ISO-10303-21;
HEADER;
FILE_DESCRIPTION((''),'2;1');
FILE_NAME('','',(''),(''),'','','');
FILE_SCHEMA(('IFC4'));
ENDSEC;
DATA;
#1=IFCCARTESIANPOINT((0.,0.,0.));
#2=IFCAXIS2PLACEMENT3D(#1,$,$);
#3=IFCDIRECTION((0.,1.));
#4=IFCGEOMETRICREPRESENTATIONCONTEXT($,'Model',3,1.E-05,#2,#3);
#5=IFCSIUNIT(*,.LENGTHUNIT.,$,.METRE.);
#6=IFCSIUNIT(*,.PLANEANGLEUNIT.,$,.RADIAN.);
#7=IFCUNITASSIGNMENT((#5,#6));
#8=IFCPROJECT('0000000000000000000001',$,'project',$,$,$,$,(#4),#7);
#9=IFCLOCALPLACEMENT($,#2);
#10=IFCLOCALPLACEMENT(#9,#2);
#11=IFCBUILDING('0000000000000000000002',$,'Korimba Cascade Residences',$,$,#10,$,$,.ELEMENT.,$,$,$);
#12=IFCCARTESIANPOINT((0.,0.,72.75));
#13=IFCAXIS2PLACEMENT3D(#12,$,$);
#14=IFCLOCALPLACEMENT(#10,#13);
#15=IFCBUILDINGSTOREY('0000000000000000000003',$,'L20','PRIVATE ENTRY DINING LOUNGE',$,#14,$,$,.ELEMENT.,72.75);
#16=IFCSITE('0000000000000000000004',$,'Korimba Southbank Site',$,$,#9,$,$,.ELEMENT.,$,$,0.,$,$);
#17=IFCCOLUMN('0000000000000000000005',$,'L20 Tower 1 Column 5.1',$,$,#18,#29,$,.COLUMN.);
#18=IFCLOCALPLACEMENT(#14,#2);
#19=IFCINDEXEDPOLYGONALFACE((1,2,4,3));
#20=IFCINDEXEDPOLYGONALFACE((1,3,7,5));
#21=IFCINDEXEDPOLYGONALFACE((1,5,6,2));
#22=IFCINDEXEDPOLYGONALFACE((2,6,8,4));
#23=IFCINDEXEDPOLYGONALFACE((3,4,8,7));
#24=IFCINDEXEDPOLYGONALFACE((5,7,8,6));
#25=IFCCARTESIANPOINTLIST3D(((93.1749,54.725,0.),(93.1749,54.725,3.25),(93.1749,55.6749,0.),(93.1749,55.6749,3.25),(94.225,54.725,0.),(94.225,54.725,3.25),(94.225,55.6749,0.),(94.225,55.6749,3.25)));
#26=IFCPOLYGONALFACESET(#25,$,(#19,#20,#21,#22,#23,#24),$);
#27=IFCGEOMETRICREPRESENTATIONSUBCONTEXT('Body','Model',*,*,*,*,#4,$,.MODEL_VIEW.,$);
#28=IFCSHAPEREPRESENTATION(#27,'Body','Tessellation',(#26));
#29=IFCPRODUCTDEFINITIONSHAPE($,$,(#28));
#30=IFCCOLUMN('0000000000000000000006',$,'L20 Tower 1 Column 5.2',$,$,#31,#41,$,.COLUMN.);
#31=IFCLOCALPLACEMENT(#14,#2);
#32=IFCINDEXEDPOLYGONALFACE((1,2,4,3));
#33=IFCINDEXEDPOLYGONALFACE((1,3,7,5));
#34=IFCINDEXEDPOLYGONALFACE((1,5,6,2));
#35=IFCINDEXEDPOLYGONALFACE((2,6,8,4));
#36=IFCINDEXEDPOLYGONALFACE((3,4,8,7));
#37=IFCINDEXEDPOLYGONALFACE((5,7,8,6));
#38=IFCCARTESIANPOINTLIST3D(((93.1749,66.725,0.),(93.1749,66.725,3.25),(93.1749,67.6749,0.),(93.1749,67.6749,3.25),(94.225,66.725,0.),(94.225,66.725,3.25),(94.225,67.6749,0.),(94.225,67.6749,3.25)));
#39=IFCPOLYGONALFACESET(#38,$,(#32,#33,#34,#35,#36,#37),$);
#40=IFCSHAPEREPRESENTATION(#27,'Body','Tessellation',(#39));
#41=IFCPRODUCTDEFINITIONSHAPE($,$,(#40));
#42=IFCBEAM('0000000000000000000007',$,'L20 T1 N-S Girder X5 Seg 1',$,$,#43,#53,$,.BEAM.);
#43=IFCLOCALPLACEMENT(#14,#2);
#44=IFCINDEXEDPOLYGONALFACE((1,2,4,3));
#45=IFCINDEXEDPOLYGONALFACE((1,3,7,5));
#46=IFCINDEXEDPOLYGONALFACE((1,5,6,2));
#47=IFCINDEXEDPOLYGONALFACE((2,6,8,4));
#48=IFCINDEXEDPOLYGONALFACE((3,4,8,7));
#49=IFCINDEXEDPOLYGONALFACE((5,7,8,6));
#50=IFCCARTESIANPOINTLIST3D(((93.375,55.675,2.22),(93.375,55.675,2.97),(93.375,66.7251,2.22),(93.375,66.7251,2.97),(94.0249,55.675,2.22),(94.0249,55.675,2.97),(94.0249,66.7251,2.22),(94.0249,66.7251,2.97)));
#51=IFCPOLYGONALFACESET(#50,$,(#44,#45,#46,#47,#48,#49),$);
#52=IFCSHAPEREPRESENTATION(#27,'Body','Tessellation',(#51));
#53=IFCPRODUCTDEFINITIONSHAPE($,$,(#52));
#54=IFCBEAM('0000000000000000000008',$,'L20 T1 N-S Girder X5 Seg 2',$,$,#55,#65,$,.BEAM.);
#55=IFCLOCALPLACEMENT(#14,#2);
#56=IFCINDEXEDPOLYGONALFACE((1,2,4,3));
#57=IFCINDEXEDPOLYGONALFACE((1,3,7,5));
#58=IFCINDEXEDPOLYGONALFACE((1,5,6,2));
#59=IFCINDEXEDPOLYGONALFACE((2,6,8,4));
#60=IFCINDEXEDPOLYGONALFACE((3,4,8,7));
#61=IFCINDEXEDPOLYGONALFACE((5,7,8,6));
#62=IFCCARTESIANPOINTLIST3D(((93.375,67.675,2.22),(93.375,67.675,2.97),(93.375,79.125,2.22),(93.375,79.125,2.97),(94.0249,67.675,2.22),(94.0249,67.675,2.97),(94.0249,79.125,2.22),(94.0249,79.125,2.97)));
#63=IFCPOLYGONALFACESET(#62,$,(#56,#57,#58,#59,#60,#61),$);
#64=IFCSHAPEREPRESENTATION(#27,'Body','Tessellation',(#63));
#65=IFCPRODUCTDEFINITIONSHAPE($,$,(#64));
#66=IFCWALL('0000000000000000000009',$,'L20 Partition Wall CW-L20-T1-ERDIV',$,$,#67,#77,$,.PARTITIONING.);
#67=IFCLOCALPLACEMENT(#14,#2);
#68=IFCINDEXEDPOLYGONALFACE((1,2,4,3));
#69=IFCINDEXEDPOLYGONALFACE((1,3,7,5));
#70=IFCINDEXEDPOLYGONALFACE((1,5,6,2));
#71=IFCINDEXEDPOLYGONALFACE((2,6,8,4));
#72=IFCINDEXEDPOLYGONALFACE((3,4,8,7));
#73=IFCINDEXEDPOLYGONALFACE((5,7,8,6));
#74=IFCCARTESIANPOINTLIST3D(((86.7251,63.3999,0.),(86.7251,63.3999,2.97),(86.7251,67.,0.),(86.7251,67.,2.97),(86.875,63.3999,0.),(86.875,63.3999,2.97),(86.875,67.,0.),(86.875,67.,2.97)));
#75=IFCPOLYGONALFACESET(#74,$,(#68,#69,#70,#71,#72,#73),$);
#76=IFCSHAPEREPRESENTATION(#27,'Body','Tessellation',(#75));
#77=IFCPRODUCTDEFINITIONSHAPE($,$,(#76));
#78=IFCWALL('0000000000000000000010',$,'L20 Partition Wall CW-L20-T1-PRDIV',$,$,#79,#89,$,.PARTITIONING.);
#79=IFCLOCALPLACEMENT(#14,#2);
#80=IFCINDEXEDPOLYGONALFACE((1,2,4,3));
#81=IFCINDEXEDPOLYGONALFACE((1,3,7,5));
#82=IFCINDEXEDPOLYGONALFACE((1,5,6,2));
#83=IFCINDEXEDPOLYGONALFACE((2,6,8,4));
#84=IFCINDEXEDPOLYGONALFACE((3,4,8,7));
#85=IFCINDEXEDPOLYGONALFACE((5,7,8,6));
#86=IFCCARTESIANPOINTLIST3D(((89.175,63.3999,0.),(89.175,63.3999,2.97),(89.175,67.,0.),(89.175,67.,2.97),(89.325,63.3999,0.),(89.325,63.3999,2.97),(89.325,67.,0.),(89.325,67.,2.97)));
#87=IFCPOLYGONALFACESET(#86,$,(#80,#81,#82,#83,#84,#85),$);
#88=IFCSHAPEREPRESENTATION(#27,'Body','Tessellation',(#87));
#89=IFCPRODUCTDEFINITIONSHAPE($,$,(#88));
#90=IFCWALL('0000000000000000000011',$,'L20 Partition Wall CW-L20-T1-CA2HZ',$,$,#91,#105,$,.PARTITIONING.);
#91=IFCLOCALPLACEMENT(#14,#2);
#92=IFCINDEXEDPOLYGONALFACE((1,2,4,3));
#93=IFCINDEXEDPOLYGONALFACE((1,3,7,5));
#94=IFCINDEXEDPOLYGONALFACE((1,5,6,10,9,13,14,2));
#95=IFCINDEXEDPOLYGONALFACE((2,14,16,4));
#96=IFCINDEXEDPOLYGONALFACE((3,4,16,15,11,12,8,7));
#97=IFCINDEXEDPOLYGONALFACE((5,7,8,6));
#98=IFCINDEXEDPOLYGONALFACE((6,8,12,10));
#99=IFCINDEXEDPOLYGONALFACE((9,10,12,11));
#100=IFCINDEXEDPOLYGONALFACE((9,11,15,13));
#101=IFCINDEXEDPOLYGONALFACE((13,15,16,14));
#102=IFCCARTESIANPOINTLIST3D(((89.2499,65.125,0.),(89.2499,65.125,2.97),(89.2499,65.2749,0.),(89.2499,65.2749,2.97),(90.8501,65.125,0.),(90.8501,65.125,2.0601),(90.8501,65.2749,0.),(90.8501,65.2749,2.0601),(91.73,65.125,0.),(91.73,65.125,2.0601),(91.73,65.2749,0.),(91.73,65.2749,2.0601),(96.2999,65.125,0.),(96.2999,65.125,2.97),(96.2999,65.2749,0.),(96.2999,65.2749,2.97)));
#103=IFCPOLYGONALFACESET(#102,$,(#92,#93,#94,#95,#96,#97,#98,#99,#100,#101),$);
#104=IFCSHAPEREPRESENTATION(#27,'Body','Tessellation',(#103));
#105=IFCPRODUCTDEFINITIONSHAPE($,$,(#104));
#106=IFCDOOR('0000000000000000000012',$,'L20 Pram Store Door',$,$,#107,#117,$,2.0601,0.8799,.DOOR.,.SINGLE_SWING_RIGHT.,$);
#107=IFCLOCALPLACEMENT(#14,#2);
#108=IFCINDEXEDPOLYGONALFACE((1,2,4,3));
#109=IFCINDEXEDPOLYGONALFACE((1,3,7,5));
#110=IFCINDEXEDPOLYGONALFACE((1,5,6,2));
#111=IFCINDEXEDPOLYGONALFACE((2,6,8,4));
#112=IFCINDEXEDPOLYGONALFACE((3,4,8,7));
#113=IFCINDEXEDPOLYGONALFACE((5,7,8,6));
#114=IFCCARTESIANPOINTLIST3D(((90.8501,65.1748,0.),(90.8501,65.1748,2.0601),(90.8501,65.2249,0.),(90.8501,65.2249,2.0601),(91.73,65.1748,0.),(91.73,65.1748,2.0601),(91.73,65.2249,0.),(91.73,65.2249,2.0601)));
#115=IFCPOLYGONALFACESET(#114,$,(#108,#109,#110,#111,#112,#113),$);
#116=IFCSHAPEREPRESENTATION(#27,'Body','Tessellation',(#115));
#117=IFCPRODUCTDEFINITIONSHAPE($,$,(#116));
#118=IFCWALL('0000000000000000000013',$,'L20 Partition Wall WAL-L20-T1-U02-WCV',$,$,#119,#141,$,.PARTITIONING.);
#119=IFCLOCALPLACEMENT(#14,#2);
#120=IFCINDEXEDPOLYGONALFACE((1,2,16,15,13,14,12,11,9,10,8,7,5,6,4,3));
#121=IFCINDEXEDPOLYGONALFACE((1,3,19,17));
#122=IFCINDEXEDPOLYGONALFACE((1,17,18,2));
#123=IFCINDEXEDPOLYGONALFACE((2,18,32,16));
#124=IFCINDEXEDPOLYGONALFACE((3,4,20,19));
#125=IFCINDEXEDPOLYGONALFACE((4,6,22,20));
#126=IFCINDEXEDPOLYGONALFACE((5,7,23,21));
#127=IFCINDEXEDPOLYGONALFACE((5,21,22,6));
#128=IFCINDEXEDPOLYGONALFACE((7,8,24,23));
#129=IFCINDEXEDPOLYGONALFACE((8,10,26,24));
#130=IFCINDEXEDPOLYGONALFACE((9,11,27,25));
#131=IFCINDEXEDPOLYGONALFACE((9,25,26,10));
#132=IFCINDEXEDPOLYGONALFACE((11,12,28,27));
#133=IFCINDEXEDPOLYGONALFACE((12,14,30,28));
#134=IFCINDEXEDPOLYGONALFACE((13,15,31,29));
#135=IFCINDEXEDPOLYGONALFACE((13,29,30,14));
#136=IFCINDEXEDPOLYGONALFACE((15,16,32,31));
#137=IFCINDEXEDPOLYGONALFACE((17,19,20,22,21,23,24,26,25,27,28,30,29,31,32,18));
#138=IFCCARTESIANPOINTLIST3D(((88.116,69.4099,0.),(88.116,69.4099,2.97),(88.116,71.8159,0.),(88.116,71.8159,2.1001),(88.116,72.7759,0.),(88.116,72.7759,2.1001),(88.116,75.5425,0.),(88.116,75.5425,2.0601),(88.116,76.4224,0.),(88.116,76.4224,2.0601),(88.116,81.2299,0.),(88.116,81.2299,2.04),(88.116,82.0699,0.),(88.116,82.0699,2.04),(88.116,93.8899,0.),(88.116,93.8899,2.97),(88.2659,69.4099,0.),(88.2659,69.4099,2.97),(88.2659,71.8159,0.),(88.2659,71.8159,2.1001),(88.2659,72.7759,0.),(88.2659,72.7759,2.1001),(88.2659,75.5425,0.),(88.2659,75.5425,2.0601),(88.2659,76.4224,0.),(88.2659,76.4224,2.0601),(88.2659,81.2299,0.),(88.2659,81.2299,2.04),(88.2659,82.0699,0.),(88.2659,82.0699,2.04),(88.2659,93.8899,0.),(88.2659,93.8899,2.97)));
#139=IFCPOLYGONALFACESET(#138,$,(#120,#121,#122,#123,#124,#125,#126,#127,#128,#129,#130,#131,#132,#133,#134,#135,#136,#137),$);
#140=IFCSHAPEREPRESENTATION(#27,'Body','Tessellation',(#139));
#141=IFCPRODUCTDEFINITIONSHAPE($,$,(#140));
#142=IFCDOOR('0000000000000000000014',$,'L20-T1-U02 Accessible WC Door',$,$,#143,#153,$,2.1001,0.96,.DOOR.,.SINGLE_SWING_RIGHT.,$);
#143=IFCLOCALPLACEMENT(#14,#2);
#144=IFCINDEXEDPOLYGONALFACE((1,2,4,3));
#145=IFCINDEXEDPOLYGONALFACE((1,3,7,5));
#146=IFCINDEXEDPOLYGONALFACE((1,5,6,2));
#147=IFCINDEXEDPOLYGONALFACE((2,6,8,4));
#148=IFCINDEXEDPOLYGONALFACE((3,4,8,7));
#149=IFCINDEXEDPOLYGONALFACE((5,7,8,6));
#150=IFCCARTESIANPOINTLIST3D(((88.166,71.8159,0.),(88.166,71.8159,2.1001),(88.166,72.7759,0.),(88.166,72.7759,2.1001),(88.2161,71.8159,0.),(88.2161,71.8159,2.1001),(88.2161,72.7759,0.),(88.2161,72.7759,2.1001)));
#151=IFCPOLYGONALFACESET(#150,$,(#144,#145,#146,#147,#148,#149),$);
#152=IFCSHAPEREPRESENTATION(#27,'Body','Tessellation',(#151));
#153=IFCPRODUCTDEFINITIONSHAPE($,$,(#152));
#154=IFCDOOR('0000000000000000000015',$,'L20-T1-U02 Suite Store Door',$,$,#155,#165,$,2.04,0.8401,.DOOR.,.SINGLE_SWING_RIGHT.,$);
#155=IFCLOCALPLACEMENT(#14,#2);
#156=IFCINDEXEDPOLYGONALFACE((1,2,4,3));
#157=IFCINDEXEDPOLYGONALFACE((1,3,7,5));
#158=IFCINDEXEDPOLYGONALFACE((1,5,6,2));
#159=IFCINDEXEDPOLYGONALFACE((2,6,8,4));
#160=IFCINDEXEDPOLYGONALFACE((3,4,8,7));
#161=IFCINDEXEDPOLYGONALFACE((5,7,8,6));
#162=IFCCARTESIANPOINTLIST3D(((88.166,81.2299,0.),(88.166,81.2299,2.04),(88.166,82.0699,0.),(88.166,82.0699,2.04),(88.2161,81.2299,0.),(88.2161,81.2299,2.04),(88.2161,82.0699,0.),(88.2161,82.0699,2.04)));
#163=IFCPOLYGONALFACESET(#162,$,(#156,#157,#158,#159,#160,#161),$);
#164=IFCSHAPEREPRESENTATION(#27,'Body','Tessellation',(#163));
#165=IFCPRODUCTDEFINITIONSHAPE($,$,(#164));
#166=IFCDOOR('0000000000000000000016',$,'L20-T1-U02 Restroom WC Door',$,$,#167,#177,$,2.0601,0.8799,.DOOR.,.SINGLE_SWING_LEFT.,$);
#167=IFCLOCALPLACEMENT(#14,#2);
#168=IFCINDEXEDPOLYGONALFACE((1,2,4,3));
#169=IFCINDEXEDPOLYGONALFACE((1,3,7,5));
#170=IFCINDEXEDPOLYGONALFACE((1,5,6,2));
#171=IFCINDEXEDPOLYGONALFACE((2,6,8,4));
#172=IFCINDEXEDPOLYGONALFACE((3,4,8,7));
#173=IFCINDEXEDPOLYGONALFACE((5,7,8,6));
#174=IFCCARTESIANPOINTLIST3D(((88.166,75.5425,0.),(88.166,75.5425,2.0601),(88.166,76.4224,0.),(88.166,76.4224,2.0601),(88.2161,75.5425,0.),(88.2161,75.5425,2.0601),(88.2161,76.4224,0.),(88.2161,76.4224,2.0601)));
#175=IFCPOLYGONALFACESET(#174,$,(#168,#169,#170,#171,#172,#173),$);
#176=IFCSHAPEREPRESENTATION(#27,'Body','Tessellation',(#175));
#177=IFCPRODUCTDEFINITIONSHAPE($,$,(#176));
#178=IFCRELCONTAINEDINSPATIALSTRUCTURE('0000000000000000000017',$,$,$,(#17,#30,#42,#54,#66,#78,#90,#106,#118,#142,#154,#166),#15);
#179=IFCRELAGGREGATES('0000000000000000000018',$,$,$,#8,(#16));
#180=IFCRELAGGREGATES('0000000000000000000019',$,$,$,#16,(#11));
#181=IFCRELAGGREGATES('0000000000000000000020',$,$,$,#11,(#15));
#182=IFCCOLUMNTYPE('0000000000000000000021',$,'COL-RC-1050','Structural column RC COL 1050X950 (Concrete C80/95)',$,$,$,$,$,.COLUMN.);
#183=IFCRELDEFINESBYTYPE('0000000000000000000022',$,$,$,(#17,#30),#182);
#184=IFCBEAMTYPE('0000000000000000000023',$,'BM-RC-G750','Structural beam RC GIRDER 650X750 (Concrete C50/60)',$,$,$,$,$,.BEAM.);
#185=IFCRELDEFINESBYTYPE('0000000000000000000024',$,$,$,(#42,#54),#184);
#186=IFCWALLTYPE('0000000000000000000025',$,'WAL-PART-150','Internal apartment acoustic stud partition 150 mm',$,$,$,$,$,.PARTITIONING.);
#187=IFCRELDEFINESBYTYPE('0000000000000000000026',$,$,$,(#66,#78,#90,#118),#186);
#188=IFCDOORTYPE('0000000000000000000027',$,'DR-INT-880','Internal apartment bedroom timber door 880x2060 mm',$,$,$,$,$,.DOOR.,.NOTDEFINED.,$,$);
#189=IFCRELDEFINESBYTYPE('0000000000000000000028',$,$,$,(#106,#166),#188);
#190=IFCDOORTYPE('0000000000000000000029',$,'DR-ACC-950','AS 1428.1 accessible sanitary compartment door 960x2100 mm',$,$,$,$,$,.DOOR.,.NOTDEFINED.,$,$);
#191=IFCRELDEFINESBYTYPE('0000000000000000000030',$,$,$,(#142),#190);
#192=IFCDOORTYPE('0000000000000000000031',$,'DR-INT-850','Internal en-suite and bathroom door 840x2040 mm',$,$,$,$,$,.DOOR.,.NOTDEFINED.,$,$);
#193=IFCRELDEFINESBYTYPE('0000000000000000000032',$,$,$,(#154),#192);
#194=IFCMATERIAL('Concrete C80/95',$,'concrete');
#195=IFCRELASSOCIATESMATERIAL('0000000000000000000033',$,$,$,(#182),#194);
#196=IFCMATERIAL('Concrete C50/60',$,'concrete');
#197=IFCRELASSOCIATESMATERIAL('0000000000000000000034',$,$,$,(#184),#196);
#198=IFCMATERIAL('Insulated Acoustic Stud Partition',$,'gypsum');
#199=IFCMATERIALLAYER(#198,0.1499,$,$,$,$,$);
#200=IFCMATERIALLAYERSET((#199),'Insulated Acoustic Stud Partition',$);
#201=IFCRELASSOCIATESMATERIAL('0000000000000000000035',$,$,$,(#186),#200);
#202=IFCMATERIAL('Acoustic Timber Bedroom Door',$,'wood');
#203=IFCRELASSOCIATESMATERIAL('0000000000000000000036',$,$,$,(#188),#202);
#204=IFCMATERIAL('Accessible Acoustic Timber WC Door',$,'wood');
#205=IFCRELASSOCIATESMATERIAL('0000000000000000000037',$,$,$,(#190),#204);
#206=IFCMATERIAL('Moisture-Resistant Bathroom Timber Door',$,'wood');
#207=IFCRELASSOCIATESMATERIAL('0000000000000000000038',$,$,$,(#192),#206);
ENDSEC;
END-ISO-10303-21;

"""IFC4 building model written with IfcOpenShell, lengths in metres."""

from ifc_helpers import new_model, si_unit, direction, frame, frame_2d, origin, origin_2d, place, context, subcontext, project, spatial, rectangle, extrude, material, layer, layer_set, material_profile, profile_set, type_object, element, fill, save


model = new_model("IFC4")

# Units and contexts
model_context = context("Model", 3, precision=1e-05, world=origin(), true_north=direction((0.0, 1.0)))
body_context = subcontext(model_context, "Body", "Model", "MODEL_VIEW")
ifc_project = project(units=[si_unit("LENGTHUNIT", "METRE"), si_unit("PLANEANGLEUNIT", "RADIAN")], contexts=[model_context])

# Site, building, storey
site_placement = place(None, origin())
site = spatial("IfcSite", under=ifc_project, at=site_placement, Name="Korimba Southbank Site", CompositionType="ELEMENT", RefElevation=0.0)
building_placement = place(site_placement, origin())
building = spatial("IfcBuilding", under=site, at=building_placement, Name="Korimba Cascade Residences", CompositionType="ELEMENT")
storey_placement = place(building_placement, frame((0.0, 0.0, 72.75)))
storey = spatial("IfcBuildingStorey", under=building, at=storey_placement, Name="L20", Description="PRIVATE ENTRY DINING LOUNGE", CompositionType="ELEMENT", Elevation=72.75)

# Columns
ifc_material_1 = material(Name="Concrete C80/95", Category="concrete")
ifc_material_profile_1 = material_profile(ifc_material_1, rectangle(XDim=1.05, YDim=0.95, at=origin_2d()), Name="Concrete C80/95")
ifc_profile_set_1 = profile_set([ifc_material_profile_1], Name="Concrete C80/95")
column_type = type_object("IfcColumnType", Name="COL-RC-1050", Description="Structural column RC COL 1050X950 (Concrete C80/95)", PredefinedType="COLUMN", material=ifc_profile_set_1)
for number, where, z_axis, x_axis, name in (
    (1, (93.7, 55.2, 0.0), (0.0, 0.0, 1.0), (1.0, 0.0, 0.0), "L20 Tower 1 Column 5.1"),
    (2, (93.7, 67.2, 0.0), (0.0, 0.0, 1.0), (1.0, 0.0, 0.0), "L20 Tower 1 Column 5.2"),
):
    element("IfcColumn", number, at=place(storey_placement, frame(where, z_axis=z_axis, x_axis=x_axis)), inside=storey, type_object=column_type, Name=name, PredefinedType="COLUMN", context=body_context, shape_type="SweptSolid", body=[
        extrude(rectangle(XDim=1.05, YDim=0.95, at=origin_2d()), origin(), (0.0, 0.0, 1.0), 3.25),
    ])

# Beams
ifc_material_2 = material(Name="Concrete C50/60", Category="concrete")
ifc_material_profile_2 = material_profile(ifc_material_2, rectangle(XDim=0.6499, YDim=0.75, at=origin_2d()), Name="Concrete C50/60")
ifc_profile_set_2 = profile_set([ifc_material_profile_2], Name="Concrete C50/60")
beam_type = type_object("IfcBeamType", Name="BM-RC-G750", Description="Structural beam RC GIRDER 650X750 (Concrete C50/60)", PredefinedType="BEAM", material=ifc_profile_set_2)
beam_1_placement = place(storey_placement, frame((93.7, 55.675, 2.595), z_axis=(0.0, 1.0, 0.0), x_axis=(-1.0, 0.0, 0.0)))
element("IfcBeam", 3, at=beam_1_placement, inside=storey, type_object=beam_type, Name="L20 T1 N-S Girder X5 Seg 1", PredefinedType="BEAM", context=body_context, shape_type="SweptSolid", body=[
    extrude(rectangle(XDim=0.6499, YDim=0.75, at=origin_2d()), origin(), (0.0, 0.0, 1.0), 11.05),
])
beam_2_placement = place(storey_placement, frame((93.7, 67.675, 2.595), z_axis=(0.0, 1.0, 0.0), x_axis=(-1.0, 0.0, 0.0)))
element("IfcBeam", 4, at=beam_2_placement, inside=storey, type_object=beam_type, Name="L20 T1 N-S Girder X5 Seg 2", PredefinedType="BEAM", context=body_context, shape_type="SweptSolid", body=[
    extrude(rectangle(XDim=0.6499, YDim=0.75, at=origin_2d()), origin(), (0.0, 0.0, 1.0), 11.45),
])

# Walls
ifc_material_3 = material(Name="Insulated Acoustic Stud Partition", Category="gypsum")
ifc_layer_1 = layer(ifc_material_3, 0.1499)
ifc_layer_set_1 = layer_set([ifc_layer_1], Name="Insulated Acoustic Stud Partition")
wall_type_1 = type_object("IfcWallType", Name="WAL-PART-150", Description="Internal apartment acoustic stud partition 150 mm", PredefinedType="PARTITIONING", material=ifc_layer_set_1)
for number, where, z_axis, x_axis, name in (
    (5, (86.8, 63.3999, 0.0), (0.0, 0.0, 1.0), (0.0, 1.0, 0.0), "L20 Partition Wall CW-L20-T1-ERDIV"),
    (6, (89.25, 63.3999, 0.0), (0.0, 0.0, 1.0), (0.0, 1.0, 0.0), "L20 Partition Wall CW-L20-T1-PRDIV"),
):
    element("IfcWall", number, at=place(storey_placement, frame(where, z_axis=z_axis, x_axis=x_axis)), inside=storey, type_object=wall_type_1, Name=name, PredefinedType="PARTITIONING", context=body_context, shape_type="SweptSolid", body=[
        extrude(rectangle(XDim=3.6001, YDim=0.1499, at=frame_2d((1.8, 0.0))), origin(), (0.0, 0.0, 1.0), 2.97),
    ])

# Wall, opening, door
wall_1_placement = place(storey_placement, frame((89.25, 65.2, 0.0), z_axis=(0.0, 0.0, 1.0), x_axis=(1.0, 0.0, 0.0)))
wall_1 = element("IfcWall", 7, at=wall_1_placement, inside=storey, type_object=wall_type_1, Name="L20 Partition Wall CW-L20-T1-CA2HZ", PredefinedType="PARTITIONING", context=body_context, shape_type="SweptSolid", body=[
    extrude(rectangle(XDim=7.05, YDim=0.1499, at=frame_2d((3.5249, 0.0))), origin(), (0.0, 0.0, 1.0), 2.97),
])
opening_1_placement = place(wall_1_placement, frame((1.6001, 0.0, 0.0)))
opening_1 = element("IfcOpeningElement", 8, at=opening_1_placement, cuts=wall_1, PredefinedType="OPENING", context=body_context, shape_type="SweptSolid", body=[
    extrude(rectangle(XDim=0.8799, YDim=2.0601, at=frame_2d((0.4399, 1.03))), frame((0.0, 0.085, 0.0), z_axis=(0.0, -1.0, 0.0), x_axis=(1.0, 0.0, 0.0)), (0.0, 0.0, 1.0), 0.1699),
])
ifc_material_4 = material(Name="Acoustic Timber Bedroom Door", Category="wood")
door_type_1 = type_object("IfcDoorType", Name="DR-INT-880", Description="Internal apartment bedroom timber door 880x2060 mm", OperationType="NOTDEFINED", PredefinedType="DOOR", material=ifc_material_4)
door_1_placement = place(opening_1_placement, origin())
door_1 = element("IfcDoor", 9, at=door_1_placement, inside=storey, type_object=door_type_1, Name="L20 Pram Store Door", OperationType="SINGLE_SWING_RIGHT", OverallHeight=2.0601, OverallWidth=0.8799, PredefinedType="DOOR", context=body_context, shape_type="SweptSolid", body=[
    extrude(rectangle(XDim=0.8799, YDim=2.0601, at=frame_2d((0.4399, 1.03))), frame((0.0, 0.0249, 0.0), z_axis=(0.0, -1.0, 0.0), x_axis=(1.0, 0.0, 0.0)), (0.0, 0.0, 1.0), 0.05),
])
fill(opening_1, door_1)

# Wall, openings, doors
wall_2_placement = place(storey_placement, frame((88.1909, 69.4099, 0.0), z_axis=(0.0, 0.0, 1.0), x_axis=(0.0, 1.0, 0.0)))
wall_2 = element("IfcWall", 10, at=wall_2_placement, inside=storey, type_object=wall_type_1, Name="L20 Partition Wall WAL-L20-T1-U02-WCV", PredefinedType="PARTITIONING", context=body_context, shape_type="SweptSolid", body=[
    extrude(rectangle(XDim=24.48, YDim=0.1499, at=frame_2d((12.24, 0.0))), origin(), (0.0, 0.0, 1.0), 2.97),
])
opening_2_placement = place(wall_2_placement, frame((2.406, 0.0, 0.0)))
opening_2 = element("IfcOpeningElement", 11, at=opening_2_placement, cuts=wall_2, PredefinedType="OPENING", context=body_context, shape_type="SweptSolid", body=[
    extrude(rectangle(XDim=0.96, YDim=2.1001, at=frame_2d((0.48, 1.05))), frame((0.0, 0.085, 0.0), z_axis=(0.0, -1.0, 0.0), x_axis=(1.0, 0.0, 0.0)), (0.0, 0.0, 1.0), 0.1699),
])
opening_3_placement = place(wall_2_placement, frame((6.1326, 0.0, 0.0)))
opening_3 = element("IfcOpeningElement", 12, at=opening_3_placement, cuts=wall_2, PredefinedType="OPENING", context=body_context, shape_type="SweptSolid", body=[
    extrude(rectangle(XDim=0.8799, YDim=2.0601, at=frame_2d((0.4399, 1.03))), frame((0.0, 0.085, 0.0), z_axis=(0.0, -1.0, 0.0), x_axis=(1.0, 0.0, 0.0)), (0.0, 0.0, 1.0), 0.1699),
])
opening_4_placement = place(wall_2_placement, frame((11.8201, 0.0, 0.0)))
opening_4 = element("IfcOpeningElement", 13, at=opening_4_placement, cuts=wall_2, PredefinedType="OPENING", context=body_context, shape_type="SweptSolid", body=[
    extrude(rectangle(XDim=0.8401, YDim=2.04, at=frame_2d((0.4199, 1.02))), frame((0.0, 0.085, 0.0), z_axis=(0.0, -1.0, 0.0), x_axis=(1.0, 0.0, 0.0)), (0.0, 0.0, 1.0), 0.1699),
])
ifc_material_5 = material(Name="Accessible Acoustic Timber WC Door", Category="wood")
door_type_2 = type_object("IfcDoorType", Name="DR-ACC-950", Description="AS 1428.1 accessible sanitary compartment door 960x2100 mm", OperationType="NOTDEFINED", PredefinedType="DOOR", material=ifc_material_5)
door_2_placement = place(opening_2_placement, origin())
door_2 = element("IfcDoor", 14, at=door_2_placement, inside=storey, type_object=door_type_2, Name="L20-T1-U02 Accessible WC Door", OperationType="SINGLE_SWING_RIGHT", OverallHeight=2.1001, OverallWidth=0.96, PredefinedType="DOOR", context=body_context, shape_type="SweptSolid", body=[
    extrude(rectangle(XDim=0.96, YDim=2.1001, at=frame_2d((0.48, 1.05))), frame((0.0, 0.0249, 0.0), z_axis=(0.0, -1.0, 0.0), x_axis=(1.0, 0.0, 0.0)), (0.0, 0.0, 1.0), 0.05),
])
fill(opening_2, door_2)
ifc_material_6 = material(Name="Moisture-Resistant Bathroom Timber Door", Category="wood")
door_type_3 = type_object("IfcDoorType", Name="DR-INT-850", Description="Internal en-suite and bathroom door 840x2040 mm", OperationType="NOTDEFINED", PredefinedType="DOOR", material=ifc_material_6)
door_3_placement = place(opening_4_placement, origin())
door_3 = element("IfcDoor", 15, at=door_3_placement, inside=storey, type_object=door_type_3, Name="L20-T1-U02 Suite Store Door", OperationType="SINGLE_SWING_RIGHT", OverallHeight=2.04, OverallWidth=0.8401, PredefinedType="DOOR", context=body_context, shape_type="SweptSolid", body=[
    extrude(rectangle(XDim=0.8401, YDim=2.04, at=frame_2d((0.4199, 1.02))), frame((0.0, 0.0249, 0.0), z_axis=(0.0, -1.0, 0.0), x_axis=(1.0, 0.0, 0.0)), (0.0, 0.0, 1.0), 0.05),
])
fill(opening_4, door_3)
door_4_placement = place(opening_3_placement, origin())
door_4 = element("IfcDoor", 16, at=door_4_placement, inside=storey, type_object=door_type_1, Name="L20-T1-U02 Restroom WC Door", OperationType="SINGLE_SWING_LEFT", OverallHeight=2.0601, OverallWidth=0.8799, PredefinedType="DOOR", context=body_context, shape_type="SweptSolid", body=[
    extrude(rectangle(XDim=0.8799, YDim=2.0601, at=frame_2d((0.4399, 1.03))), frame((0.0, 0.0249, 0.0), z_axis=(0.0, -1.0, 0.0), x_axis=(1.0, 0.0, 0.0)), (0.0, 0.0, 1.0), 0.05),
])
fill(opening_3, door_4)

save(model, "model.ifc")
